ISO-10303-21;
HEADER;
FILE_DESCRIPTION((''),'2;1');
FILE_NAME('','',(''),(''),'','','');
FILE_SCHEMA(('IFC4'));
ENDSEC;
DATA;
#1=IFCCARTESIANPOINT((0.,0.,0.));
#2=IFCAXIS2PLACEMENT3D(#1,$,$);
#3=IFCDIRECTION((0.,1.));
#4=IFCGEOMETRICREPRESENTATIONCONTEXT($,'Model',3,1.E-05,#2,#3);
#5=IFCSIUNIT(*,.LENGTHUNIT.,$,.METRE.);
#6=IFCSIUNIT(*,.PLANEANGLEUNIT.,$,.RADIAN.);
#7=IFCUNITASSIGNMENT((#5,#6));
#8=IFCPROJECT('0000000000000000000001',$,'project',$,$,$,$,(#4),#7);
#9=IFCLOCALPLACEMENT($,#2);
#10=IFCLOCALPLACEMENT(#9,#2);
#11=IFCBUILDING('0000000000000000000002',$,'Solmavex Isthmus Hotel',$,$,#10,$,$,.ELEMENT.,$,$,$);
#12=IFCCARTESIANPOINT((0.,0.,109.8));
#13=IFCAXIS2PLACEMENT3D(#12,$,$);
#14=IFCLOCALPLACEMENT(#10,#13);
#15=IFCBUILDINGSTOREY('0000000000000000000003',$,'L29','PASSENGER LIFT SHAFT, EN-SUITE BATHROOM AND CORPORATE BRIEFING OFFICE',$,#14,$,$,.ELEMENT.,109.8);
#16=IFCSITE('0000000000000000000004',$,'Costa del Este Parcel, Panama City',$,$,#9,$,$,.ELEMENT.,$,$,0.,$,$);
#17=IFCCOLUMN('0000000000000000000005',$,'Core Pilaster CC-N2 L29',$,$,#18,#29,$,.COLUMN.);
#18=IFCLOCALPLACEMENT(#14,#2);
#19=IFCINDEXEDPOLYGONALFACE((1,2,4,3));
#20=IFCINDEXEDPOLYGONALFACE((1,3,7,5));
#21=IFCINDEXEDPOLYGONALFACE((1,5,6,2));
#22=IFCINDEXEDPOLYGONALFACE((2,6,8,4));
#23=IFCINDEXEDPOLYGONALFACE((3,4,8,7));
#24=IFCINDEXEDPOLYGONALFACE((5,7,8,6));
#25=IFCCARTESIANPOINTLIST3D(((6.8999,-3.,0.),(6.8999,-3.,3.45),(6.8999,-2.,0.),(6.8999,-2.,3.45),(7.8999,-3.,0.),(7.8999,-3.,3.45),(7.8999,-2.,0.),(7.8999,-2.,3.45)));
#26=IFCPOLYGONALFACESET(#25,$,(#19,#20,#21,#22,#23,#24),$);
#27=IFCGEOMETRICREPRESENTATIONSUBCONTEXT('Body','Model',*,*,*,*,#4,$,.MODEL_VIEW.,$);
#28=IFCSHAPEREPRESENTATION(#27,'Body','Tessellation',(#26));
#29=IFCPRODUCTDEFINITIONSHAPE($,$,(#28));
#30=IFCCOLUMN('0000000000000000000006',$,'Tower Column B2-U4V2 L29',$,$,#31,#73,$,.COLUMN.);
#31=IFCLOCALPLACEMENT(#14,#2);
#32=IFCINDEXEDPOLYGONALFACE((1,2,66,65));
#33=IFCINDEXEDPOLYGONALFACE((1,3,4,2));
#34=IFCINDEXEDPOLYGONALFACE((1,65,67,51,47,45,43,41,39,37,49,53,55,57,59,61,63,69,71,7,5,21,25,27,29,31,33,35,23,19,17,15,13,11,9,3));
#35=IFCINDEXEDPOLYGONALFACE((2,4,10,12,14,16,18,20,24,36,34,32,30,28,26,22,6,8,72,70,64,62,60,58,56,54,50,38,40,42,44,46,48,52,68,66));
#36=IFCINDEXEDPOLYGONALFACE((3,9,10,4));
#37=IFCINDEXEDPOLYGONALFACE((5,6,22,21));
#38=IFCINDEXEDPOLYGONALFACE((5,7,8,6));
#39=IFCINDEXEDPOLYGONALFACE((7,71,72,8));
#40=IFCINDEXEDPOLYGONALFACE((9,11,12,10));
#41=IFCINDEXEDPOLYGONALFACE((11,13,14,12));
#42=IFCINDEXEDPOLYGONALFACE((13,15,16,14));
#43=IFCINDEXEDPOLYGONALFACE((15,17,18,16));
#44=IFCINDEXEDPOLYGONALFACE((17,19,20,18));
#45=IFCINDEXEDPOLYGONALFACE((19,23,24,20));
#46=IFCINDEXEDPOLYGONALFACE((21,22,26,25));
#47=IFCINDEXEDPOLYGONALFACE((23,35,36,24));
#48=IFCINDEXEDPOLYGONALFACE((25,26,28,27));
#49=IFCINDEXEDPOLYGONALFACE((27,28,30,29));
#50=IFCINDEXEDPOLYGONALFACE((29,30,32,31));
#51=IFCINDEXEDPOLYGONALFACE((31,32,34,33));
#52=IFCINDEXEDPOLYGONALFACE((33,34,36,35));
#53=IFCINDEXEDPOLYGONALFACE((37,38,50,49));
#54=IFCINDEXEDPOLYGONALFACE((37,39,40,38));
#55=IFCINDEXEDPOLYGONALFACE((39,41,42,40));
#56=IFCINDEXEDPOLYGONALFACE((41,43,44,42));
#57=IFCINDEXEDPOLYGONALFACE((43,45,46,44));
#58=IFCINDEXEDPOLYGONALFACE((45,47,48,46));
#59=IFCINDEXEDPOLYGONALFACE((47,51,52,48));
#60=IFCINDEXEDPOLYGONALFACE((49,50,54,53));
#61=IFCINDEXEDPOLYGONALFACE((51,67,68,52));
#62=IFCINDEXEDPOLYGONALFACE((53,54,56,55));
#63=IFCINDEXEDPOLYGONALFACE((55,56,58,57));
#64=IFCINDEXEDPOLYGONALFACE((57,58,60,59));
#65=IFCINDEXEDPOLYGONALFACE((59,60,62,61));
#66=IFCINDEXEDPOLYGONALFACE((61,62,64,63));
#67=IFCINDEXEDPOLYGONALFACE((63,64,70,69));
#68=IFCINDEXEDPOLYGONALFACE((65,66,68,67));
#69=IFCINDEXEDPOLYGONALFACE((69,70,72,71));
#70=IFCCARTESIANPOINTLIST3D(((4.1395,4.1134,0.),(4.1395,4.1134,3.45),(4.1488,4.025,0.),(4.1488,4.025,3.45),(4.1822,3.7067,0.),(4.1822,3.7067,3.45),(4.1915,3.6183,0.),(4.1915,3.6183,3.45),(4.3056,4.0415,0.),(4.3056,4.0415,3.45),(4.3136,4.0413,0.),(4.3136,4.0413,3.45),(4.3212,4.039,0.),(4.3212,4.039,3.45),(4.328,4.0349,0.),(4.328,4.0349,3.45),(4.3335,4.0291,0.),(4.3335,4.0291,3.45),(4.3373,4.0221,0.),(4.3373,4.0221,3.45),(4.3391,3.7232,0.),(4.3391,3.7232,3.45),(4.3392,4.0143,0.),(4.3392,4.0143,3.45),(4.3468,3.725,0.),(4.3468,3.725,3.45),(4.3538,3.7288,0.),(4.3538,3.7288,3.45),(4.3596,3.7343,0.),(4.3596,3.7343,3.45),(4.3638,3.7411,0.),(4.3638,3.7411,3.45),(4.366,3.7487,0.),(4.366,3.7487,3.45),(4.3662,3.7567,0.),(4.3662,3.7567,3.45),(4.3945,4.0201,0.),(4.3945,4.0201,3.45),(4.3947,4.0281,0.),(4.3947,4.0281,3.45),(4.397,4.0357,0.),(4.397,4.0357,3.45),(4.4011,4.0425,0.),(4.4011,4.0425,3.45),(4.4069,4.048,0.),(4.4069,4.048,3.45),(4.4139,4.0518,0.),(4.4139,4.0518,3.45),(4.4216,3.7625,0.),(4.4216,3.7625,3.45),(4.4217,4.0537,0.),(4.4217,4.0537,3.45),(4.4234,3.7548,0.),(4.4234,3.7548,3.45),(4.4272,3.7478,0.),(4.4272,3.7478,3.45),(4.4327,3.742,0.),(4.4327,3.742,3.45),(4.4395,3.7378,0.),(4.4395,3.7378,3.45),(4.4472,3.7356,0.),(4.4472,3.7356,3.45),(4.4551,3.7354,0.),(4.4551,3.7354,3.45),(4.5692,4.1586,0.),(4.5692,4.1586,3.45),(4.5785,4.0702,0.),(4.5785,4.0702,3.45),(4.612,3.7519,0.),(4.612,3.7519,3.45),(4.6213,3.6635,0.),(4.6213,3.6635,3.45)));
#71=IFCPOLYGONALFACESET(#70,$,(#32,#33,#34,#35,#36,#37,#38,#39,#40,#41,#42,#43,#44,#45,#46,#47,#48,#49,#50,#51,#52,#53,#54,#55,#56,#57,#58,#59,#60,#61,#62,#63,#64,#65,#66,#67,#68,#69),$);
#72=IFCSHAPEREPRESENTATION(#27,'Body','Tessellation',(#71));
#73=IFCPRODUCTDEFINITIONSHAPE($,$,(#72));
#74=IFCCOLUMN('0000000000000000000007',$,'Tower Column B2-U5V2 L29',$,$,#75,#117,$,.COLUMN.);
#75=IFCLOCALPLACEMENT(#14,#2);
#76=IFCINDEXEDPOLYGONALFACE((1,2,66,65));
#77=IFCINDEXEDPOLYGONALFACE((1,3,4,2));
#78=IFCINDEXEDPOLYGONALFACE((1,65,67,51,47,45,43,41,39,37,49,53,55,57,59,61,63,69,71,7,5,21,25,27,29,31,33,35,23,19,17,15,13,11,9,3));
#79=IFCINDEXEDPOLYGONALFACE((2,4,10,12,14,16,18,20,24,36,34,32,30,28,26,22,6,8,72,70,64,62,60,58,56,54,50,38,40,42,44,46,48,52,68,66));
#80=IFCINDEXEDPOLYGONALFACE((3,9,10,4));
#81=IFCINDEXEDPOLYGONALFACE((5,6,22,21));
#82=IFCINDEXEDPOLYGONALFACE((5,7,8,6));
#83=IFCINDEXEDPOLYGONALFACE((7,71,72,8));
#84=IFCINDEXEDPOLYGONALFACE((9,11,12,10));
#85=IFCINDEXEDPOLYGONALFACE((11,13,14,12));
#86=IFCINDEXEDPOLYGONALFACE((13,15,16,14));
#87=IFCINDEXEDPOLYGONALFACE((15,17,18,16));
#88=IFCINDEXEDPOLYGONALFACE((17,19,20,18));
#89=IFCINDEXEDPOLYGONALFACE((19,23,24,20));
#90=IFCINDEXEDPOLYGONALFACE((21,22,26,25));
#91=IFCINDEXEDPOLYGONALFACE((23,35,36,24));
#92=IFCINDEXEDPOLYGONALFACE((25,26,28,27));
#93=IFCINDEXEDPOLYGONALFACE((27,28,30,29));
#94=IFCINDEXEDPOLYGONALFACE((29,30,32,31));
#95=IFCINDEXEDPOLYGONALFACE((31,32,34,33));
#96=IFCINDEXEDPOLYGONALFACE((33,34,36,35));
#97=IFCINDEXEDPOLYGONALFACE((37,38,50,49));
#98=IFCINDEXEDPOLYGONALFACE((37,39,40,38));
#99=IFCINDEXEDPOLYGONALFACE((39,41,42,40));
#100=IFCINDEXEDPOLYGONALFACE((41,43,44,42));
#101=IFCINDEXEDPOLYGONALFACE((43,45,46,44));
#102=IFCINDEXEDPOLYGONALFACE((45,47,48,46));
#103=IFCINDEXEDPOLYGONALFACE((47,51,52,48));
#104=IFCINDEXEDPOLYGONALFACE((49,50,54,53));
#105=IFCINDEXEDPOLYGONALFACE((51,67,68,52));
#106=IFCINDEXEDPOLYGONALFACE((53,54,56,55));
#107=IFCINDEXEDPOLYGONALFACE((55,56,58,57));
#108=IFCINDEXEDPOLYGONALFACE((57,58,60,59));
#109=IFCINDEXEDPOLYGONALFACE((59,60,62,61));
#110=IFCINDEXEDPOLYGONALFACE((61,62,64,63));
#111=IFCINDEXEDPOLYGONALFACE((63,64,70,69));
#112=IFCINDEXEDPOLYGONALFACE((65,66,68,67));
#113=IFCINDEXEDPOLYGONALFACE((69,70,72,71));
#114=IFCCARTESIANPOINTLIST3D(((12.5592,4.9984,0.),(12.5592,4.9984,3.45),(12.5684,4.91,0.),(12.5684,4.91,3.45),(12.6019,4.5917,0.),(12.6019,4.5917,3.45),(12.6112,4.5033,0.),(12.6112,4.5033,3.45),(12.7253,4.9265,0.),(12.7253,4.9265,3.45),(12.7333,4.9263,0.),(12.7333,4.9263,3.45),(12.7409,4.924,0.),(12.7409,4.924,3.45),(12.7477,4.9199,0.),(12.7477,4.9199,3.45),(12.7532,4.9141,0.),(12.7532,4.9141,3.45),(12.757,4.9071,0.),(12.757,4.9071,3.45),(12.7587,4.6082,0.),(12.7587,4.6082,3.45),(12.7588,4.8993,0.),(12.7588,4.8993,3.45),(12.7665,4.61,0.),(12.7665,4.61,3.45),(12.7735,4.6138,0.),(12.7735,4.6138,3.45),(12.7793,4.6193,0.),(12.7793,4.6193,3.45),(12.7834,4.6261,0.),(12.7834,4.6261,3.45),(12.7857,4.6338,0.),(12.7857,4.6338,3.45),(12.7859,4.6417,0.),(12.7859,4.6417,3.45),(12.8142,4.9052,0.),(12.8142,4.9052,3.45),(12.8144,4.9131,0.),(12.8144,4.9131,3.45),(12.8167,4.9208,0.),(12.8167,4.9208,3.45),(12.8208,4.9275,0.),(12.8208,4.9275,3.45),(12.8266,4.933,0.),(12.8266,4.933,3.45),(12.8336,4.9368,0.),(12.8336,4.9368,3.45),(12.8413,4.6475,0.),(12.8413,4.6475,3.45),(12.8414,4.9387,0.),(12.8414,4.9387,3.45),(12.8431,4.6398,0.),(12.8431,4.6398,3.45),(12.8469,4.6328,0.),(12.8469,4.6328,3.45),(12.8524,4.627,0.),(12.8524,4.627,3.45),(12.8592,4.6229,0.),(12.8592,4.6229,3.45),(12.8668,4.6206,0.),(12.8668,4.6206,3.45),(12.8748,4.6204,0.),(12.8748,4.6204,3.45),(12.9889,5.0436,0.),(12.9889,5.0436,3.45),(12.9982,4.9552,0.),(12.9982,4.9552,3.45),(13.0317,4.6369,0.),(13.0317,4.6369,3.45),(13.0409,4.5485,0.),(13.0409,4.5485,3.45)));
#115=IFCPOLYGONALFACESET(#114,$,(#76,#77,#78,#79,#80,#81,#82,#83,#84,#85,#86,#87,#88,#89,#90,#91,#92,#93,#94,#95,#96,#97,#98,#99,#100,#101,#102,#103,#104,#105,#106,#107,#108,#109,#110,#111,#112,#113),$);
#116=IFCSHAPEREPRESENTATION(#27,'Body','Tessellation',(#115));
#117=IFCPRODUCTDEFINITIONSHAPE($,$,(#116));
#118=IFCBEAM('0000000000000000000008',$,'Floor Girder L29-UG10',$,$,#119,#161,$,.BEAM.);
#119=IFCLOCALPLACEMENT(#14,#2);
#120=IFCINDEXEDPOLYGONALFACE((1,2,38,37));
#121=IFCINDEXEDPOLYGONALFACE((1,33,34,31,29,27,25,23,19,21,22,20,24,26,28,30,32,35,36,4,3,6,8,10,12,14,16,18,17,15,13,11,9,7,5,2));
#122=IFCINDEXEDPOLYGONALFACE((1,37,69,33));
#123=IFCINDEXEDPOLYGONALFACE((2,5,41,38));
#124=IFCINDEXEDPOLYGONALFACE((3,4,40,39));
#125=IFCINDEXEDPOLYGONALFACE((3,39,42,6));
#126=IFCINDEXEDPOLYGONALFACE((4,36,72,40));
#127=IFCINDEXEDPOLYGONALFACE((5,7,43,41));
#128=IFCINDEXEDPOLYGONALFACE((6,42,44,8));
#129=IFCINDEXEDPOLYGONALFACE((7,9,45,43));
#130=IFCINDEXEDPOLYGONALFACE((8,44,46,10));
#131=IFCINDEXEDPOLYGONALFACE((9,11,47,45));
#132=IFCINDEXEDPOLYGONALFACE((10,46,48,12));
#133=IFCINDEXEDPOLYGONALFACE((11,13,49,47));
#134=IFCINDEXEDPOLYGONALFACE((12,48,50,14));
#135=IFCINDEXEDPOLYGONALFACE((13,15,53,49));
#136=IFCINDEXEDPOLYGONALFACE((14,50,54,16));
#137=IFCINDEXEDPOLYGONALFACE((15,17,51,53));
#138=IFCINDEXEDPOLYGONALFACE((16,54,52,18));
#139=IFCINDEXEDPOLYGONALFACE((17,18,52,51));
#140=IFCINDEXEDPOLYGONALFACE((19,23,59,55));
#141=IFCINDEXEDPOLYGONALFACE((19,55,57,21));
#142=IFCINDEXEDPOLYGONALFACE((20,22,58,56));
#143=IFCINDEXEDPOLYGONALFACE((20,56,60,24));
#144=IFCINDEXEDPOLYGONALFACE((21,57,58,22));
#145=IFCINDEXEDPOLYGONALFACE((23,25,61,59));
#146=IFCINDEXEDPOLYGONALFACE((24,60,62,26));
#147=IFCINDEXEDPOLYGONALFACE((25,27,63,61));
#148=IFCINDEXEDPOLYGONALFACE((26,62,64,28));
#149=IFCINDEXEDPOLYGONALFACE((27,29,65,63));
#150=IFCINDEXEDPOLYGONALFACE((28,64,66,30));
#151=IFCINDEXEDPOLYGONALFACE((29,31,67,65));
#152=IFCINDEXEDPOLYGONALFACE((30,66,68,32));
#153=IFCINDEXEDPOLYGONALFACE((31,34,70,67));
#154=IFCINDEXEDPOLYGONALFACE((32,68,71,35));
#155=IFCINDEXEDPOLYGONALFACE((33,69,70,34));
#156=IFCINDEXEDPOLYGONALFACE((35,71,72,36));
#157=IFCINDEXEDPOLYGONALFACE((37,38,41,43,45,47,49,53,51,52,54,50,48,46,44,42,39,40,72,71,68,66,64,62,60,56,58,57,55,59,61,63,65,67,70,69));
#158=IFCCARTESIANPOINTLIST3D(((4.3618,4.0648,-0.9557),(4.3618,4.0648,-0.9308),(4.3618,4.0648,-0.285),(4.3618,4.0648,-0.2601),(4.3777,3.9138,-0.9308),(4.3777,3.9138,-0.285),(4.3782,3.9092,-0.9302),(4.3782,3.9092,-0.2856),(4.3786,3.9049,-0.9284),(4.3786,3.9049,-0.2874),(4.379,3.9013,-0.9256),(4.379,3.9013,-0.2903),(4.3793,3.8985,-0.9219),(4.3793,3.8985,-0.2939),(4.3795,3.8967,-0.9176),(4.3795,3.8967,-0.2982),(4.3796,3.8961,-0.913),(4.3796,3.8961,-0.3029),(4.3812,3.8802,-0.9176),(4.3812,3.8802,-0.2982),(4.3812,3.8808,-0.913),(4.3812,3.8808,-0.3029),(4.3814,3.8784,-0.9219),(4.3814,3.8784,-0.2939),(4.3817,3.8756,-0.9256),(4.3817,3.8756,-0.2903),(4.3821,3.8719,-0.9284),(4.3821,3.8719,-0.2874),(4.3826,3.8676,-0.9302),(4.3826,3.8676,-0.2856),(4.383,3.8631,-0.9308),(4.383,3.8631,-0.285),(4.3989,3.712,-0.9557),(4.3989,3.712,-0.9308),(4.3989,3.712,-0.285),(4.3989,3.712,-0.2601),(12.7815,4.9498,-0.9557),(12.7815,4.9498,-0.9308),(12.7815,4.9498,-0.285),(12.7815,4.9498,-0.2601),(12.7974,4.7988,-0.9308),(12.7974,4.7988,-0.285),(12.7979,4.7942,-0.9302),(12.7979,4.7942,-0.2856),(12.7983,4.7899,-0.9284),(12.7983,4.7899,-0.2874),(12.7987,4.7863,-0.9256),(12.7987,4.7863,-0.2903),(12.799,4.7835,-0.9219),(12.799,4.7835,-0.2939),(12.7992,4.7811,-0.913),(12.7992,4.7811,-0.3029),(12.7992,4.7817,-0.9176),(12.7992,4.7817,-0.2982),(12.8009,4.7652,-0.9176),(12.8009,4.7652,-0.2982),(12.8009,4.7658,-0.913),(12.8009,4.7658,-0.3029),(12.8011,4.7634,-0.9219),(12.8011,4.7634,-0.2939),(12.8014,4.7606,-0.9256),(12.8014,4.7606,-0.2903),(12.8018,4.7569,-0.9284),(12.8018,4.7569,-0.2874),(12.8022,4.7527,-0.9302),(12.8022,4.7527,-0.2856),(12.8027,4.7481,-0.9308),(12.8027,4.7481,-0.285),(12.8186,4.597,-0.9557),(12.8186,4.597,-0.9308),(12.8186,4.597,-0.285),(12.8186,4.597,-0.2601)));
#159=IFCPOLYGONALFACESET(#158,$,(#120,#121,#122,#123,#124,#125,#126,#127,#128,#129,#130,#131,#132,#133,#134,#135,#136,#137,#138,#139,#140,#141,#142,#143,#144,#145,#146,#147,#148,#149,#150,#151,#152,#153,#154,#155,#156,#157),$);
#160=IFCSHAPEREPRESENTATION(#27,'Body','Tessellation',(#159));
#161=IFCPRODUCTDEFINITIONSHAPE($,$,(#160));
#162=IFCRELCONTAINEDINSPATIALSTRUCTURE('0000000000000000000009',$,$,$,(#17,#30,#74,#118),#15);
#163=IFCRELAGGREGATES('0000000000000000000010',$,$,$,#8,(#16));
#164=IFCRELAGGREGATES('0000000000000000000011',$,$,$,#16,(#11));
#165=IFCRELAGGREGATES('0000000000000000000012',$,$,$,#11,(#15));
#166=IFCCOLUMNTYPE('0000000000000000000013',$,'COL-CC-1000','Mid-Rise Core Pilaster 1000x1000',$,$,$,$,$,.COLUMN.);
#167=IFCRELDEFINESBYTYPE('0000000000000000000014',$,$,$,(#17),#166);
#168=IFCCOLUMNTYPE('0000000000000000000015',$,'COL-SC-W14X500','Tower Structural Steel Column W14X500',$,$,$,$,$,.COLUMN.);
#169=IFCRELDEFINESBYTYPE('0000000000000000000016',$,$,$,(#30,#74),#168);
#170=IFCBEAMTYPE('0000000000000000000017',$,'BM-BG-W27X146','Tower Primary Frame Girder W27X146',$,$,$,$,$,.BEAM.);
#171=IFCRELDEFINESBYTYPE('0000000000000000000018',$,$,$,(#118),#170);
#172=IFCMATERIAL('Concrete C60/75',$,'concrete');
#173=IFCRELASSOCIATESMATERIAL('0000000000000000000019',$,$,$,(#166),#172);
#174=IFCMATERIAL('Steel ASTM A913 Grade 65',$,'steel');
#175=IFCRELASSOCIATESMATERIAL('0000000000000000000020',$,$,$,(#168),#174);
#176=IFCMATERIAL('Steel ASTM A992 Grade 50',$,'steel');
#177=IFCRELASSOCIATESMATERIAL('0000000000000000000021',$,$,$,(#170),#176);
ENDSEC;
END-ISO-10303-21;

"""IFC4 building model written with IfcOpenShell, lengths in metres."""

from ifc_helpers import new_model, si_unit, direction, frame, origin, origin_2d, place, context, subcontext, project, spatial, rectangle, i_section, extrude, material, material_profile, profile_set, type_object, element, save


model = new_model("IFC4")

# Units and contexts
model_context = context("Model", 3, precision=1e-05, world=origin(), true_north=direction((0.0, 1.0)))
body_context = subcontext(model_context, "Body", "Model", "MODEL_VIEW")
ifc_project = project(units=[si_unit("LENGTHUNIT", "METRE"), si_unit("PLANEANGLEUNIT", "RADIAN")], contexts=[model_context])

# Site, building, storey
site_placement = place(None, origin())
site = spatial("IfcSite", under=ifc_project, at=site_placement, Name="Costa del Este Parcel, Panama City", CompositionType="ELEMENT", RefElevation=0.0)
building_placement = place(site_placement, origin())
building = spatial("IfcBuilding", under=site, at=building_placement, Name="Solmavex Isthmus Hotel", CompositionType="ELEMENT")
storey_placement = place(building_placement, frame((0.0, 0.0, 109.8)))
storey = spatial("IfcBuildingStorey", under=building, at=storey_placement, Name="L29", Description="PASSENGER LIFT SHAFT, EN-SUITE BATHROOM AND CORPORATE BRIEFING OFFICE", CompositionType="ELEMENT", Elevation=109.8)

# Columns
ifc_material_1 = material(Name="Concrete C60/75", Category="concrete")
ifc_material_profile_1 = material_profile(ifc_material_1, rectangle(XDim=1.0, YDim=1.0, at=origin_2d()), Name="RC1000X1000")
ifc_profile_set_1 = profile_set([ifc_material_profile_1], Name="Concrete C60/75")
column_type_1 = type_object("IfcColumnType", Name="COL-CC-1000", Description="Mid-Rise Core Pilaster 1000x1000", PredefinedType="COLUMN", material=ifc_profile_set_1)
column_placement = place(storey_placement, frame((7.3999, -2.5, 0.0), z_axis=(0.0, 0.0, 1.0), x_axis=(1.0, 0.0, 0.0)))
element("IfcColumn", 1, at=column_placement, inside=storey, type_object=column_type_1, Name="Core Pilaster CC-N2 L29", PredefinedType="COLUMN", context=body_context, shape_type="SweptSolid", body=[
    extrude(rectangle(XDim=1.0, YDim=1.0, at=origin_2d()), origin(), (0.0, 0.0, 1.0), 3.45),
])
ifc_material_2 = material(Name="Steel ASTM A913 Grade 65", Category="steel")
ifc_material_profile_2 = material_profile(ifc_material_2, i_section(OverallWidth=0.4321, OverallDepth=0.4978, WebThickness=0.0557, FlangeThickness=0.0889, FilletRadius=0.0305, at=origin_2d()), Name="W14X500")
ifc_profile_set_2 = profile_set([ifc_material_profile_2], Name="Steel ASTM A913 Grade 65")
column_type_2 = type_object("IfcColumnType", Name="COL-SC-W14X500", Description="Tower Structural Steel Column W14X500", PredefinedType="COLUMN", material=ifc_profile_set_2)
for number, where, z_axis, x_axis, name in (
    (2, (4.3804, 3.8884, 0.0), (0.0, 0.0, 1.0), (0.994522, 0.104528, 0.0), "Tower Column B2-U4V2 L29"),
    (3, (12.8, 4.7734, 0.0), (0.0, 0.0, 1.0), (0.994522, 0.104528, 0.0), "Tower Column B2-U5V2 L29"),
):
    element("IfcColumn", number, at=place(storey_placement, frame(where, z_axis=z_axis, x_axis=x_axis)), inside=storey, type_object=column_type_2, Name=name, PredefinedType="COLUMN", context=body_context, shape_type="SweptSolid", body=[
        extrude(i_section(OverallWidth=0.4321, OverallDepth=0.4978, WebThickness=0.0557, FlangeThickness=0.0889, FilletRadius=0.0305, at=origin_2d()), origin(), (0.0, 0.0, 1.0), 3.45),
    ])

# Beam
ifc_material_3 = material(Name="Steel ASTM A992 Grade 50", Category="steel")
ifc_material_profile_3 = material_profile(ifc_material_3, i_section(OverallWidth=0.3547, OverallDepth=0.6956, WebThickness=0.0154, FlangeThickness=0.0249, FilletRadius=0.0178, at=origin_2d()), Name="W27X146")
ifc_profile_set_3 = profile_set([ifc_material_profile_3], Name="Steel ASTM A992 Grade 50")
beam_type_1 = type_object("IfcBeamType", Name="BM-BG-W27X146", Description="Tower Primary Frame Girder W27X146", PredefinedType="BEAM", material=ifc_profile_set_3)
for number, where, z_axis, x_axis, name in (
    (4, (4.3804, 3.8884, -0.6079), (0.994521, 0.104536, 0.0), (-0.104536, 0.994521, 0.0), "Floor Girder L29-UG10"),
):
    element("IfcBeam", number, at=place(storey_placement, frame(where, z_axis=z_axis, x_axis=x_axis)), inside=storey, type_object=beam_type_1, Name=name, PredefinedType="BEAM", context=body_context, shape_type="SweptSolid", body=[
        extrude(i_section(OverallWidth=0.3547, OverallDepth=0.6956, WebThickness=0.0154, FlangeThickness=0.0249, FilletRadius=0.0178, at=origin_2d()), origin(), (0.0, 0.0, 1.0), 8.4661),
    ])

save(model, "model.ifc")
